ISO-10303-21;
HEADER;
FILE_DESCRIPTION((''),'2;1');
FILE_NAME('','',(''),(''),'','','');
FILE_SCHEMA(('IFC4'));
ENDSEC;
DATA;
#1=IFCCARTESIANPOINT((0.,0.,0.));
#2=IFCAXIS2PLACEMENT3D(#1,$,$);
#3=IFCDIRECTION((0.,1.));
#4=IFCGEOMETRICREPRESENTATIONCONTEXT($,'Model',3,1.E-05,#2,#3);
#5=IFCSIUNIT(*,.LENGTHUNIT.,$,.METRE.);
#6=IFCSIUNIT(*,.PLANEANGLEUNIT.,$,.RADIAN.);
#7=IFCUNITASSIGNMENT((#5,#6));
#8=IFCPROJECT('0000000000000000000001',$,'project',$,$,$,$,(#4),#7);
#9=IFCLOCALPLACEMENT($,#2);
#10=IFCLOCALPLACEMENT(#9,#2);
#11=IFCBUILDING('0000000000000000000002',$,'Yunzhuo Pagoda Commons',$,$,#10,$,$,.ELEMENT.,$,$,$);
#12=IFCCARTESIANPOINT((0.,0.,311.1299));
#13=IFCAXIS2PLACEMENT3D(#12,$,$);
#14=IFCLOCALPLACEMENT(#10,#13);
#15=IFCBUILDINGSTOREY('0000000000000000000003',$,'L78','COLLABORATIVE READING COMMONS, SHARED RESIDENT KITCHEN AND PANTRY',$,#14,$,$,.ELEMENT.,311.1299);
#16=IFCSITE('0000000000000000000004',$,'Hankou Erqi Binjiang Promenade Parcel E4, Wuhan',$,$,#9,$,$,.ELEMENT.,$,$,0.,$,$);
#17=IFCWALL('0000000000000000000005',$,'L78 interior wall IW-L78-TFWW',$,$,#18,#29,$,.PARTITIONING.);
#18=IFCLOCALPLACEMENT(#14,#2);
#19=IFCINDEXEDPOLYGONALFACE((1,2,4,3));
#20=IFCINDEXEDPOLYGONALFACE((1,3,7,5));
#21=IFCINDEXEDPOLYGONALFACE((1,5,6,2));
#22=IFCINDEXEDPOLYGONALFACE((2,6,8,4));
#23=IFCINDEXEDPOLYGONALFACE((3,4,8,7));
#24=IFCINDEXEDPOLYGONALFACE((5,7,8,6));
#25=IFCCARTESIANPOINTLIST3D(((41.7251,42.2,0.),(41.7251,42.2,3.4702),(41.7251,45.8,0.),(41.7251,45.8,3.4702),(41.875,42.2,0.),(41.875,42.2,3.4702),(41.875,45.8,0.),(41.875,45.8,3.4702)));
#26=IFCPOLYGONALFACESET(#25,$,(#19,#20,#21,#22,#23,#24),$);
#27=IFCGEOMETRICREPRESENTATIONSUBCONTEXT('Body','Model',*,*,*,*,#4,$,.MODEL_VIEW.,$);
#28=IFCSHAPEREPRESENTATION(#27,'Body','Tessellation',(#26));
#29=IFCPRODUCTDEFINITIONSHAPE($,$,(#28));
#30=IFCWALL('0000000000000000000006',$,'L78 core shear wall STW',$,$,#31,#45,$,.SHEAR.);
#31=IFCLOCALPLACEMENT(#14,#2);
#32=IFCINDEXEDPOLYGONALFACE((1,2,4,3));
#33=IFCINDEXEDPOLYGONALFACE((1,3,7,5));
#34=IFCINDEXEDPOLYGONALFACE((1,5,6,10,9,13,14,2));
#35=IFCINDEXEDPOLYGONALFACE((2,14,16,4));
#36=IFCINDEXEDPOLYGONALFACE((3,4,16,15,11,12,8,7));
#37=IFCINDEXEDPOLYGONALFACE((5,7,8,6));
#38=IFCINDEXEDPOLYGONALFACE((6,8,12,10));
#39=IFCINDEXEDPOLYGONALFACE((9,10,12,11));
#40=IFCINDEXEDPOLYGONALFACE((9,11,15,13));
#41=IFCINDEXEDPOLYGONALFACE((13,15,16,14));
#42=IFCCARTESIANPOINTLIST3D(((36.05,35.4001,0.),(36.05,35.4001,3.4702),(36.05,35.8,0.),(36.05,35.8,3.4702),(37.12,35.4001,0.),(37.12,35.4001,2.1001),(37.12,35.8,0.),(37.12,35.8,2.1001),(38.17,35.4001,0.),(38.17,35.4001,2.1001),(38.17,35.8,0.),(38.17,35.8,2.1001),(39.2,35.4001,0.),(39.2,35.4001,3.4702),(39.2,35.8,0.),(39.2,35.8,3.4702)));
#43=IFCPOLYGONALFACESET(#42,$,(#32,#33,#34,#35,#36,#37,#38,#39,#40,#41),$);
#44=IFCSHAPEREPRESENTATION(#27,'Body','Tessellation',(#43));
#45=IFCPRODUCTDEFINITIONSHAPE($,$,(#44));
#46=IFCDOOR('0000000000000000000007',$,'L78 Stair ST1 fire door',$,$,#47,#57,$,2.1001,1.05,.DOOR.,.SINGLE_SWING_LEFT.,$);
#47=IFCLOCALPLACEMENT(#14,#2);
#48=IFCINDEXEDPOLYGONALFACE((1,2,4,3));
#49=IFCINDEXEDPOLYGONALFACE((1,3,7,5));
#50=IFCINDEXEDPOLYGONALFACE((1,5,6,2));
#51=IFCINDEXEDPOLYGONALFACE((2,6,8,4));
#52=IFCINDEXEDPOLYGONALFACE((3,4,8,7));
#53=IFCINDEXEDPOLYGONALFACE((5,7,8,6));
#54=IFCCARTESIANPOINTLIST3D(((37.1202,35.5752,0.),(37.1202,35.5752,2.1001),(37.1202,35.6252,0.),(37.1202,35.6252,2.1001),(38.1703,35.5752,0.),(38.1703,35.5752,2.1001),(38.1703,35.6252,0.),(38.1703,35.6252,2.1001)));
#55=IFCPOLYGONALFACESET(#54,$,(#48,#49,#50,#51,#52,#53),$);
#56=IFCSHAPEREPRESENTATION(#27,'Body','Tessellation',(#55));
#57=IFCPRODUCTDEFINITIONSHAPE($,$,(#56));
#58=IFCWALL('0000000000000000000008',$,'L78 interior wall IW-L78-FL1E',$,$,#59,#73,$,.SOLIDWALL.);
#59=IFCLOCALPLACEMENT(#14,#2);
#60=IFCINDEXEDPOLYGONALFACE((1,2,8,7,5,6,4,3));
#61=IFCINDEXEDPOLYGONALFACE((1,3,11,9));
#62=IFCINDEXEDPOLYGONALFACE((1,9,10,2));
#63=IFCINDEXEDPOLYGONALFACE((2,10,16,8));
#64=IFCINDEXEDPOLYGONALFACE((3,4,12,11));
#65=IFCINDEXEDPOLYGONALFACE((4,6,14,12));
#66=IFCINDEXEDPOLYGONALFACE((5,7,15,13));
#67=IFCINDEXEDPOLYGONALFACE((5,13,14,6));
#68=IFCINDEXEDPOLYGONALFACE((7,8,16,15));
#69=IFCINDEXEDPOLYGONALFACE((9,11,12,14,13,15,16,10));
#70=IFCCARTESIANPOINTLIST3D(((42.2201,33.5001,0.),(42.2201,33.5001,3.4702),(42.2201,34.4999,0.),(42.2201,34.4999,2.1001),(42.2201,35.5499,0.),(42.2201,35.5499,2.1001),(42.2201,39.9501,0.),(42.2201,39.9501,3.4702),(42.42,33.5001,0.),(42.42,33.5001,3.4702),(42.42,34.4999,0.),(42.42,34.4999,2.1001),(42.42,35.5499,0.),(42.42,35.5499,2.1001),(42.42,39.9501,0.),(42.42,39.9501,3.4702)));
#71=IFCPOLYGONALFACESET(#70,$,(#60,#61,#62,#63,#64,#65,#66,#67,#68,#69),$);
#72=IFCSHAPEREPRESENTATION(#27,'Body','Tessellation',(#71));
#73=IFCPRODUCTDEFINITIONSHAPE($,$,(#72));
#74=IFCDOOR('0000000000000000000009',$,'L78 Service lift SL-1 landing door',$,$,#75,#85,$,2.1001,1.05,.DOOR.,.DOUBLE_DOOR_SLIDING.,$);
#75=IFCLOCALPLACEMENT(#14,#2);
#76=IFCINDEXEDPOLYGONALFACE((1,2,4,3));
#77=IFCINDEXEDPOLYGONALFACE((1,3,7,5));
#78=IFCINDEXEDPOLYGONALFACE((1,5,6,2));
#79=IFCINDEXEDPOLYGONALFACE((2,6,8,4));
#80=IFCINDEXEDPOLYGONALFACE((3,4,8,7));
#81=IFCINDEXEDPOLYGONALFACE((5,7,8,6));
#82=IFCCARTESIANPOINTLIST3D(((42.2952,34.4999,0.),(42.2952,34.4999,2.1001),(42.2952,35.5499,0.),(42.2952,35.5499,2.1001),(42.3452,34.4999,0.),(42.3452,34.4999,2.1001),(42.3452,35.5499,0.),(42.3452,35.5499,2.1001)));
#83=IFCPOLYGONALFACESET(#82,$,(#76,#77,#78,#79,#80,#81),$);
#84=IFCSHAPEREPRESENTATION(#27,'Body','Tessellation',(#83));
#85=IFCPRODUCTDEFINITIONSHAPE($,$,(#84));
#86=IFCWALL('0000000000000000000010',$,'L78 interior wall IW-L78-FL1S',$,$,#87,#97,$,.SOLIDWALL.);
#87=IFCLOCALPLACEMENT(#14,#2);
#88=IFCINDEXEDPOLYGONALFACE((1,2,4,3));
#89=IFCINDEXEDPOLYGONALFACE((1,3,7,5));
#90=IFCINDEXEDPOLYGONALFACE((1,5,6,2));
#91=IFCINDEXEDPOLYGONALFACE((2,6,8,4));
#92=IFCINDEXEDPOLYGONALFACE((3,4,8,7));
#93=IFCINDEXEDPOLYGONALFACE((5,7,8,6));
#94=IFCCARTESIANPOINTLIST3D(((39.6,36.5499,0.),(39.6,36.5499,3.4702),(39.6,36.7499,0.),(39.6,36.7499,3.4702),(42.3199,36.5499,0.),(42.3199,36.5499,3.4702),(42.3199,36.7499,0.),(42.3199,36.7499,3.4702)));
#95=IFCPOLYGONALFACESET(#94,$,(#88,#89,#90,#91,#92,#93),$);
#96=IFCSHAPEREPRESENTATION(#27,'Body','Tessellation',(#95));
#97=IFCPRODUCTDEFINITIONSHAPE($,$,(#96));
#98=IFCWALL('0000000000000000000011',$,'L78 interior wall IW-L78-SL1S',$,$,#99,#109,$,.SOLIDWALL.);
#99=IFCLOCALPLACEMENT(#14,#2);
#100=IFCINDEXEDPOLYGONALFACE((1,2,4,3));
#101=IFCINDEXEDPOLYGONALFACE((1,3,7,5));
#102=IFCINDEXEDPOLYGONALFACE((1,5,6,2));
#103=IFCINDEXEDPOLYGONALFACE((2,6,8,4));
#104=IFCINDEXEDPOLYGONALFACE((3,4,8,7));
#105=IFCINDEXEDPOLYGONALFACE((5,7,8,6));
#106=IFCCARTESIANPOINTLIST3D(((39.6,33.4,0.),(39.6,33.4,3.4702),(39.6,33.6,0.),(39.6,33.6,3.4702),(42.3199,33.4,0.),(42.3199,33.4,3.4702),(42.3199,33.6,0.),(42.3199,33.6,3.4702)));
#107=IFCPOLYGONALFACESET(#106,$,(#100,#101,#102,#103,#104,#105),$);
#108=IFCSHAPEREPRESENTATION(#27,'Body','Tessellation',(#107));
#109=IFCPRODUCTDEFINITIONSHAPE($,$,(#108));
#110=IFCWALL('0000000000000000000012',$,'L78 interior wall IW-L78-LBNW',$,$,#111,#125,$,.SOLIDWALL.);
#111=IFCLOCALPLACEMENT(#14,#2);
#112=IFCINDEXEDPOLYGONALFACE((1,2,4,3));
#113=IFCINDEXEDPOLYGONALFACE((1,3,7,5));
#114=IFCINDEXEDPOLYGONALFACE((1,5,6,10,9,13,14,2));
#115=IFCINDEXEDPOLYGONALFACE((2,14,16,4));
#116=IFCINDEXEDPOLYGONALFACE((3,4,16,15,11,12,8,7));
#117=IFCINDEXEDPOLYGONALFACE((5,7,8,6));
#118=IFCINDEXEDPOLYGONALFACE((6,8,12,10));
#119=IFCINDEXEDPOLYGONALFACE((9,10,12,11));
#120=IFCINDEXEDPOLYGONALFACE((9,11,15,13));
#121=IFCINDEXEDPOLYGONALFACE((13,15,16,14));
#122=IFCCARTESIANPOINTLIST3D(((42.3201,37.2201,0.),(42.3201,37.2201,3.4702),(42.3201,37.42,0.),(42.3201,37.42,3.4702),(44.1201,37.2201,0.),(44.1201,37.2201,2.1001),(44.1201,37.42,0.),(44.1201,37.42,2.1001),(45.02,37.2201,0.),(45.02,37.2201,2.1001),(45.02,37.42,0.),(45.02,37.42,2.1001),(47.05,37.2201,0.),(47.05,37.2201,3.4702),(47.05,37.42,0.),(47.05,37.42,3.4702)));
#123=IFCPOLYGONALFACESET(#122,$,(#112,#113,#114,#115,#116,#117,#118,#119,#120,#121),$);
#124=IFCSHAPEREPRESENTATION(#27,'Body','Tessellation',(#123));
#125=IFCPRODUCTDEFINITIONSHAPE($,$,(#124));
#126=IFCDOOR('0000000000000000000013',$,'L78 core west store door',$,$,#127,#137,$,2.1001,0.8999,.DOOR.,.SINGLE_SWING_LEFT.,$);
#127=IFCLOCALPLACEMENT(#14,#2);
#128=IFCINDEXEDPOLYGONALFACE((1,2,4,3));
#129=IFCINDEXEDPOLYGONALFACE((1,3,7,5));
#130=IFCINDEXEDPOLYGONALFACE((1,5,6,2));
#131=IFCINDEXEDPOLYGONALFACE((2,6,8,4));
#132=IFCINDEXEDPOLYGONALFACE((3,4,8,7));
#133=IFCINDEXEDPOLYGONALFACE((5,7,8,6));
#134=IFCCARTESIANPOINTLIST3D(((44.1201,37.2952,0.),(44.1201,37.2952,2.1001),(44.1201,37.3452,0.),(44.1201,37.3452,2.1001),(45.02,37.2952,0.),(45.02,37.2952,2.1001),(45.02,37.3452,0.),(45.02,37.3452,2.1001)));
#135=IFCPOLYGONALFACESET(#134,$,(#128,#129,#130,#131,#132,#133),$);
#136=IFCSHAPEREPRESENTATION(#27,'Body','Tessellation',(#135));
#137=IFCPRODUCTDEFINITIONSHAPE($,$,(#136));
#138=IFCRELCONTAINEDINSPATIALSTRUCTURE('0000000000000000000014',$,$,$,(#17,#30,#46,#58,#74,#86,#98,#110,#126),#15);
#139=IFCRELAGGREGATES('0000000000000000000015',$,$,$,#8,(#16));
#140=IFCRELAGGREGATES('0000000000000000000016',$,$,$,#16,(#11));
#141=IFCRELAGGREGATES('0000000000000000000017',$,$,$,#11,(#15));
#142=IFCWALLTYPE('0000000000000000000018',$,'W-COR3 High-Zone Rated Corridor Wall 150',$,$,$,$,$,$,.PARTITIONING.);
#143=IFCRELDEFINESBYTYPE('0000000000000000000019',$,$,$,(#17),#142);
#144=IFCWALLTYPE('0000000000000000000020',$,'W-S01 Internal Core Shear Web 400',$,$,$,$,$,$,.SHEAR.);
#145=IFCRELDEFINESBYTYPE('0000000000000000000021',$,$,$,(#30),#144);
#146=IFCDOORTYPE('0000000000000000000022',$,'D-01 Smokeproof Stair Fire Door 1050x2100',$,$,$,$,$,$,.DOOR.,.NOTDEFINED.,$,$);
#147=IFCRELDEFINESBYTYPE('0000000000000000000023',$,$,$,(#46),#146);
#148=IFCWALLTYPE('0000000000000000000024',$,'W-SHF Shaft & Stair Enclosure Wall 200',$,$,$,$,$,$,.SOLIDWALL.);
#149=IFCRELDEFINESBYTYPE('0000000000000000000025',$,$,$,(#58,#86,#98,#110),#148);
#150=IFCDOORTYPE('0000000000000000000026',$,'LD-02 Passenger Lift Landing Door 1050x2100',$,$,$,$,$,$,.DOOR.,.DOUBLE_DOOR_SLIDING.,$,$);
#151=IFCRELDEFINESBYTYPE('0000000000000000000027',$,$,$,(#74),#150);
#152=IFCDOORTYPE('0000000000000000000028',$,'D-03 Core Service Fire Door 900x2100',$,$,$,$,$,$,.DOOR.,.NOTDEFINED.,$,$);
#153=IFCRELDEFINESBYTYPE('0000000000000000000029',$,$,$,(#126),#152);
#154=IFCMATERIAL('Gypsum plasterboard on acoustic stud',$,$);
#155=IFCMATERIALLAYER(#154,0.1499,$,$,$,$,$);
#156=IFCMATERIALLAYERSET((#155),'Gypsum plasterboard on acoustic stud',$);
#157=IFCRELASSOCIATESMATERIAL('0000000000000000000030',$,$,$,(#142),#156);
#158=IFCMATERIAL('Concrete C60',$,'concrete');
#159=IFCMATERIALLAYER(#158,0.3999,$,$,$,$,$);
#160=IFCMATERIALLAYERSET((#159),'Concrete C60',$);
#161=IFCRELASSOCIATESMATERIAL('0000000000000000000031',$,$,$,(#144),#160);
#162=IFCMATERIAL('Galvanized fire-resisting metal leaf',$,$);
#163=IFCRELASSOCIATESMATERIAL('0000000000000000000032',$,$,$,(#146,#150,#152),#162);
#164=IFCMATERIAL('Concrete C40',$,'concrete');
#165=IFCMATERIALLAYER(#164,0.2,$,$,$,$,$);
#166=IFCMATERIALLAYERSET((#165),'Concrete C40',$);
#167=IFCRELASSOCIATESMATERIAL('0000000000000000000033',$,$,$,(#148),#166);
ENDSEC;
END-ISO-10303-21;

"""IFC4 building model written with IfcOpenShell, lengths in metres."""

from ifc_helpers import new_model, si_unit, direction, frame, frame_2d, origin, origin_with_axes, place, context, subcontext, project, spatial, rectangle, extrude, source, transform, mapped, material, layer, layer_set, type_object, element, fill, save


model = new_model("IFC4")

# Units and contexts
model_context = context("Model", 3, precision=1e-05, world=origin(), true_north=direction((0.0, 1.0)))
body_context = subcontext(model_context, "Body", "Model", "MODEL_VIEW")
ifc_project = project(units=[si_unit("LENGTHUNIT", "METRE"), si_unit("PLANEANGLEUNIT", "RADIAN")], contexts=[model_context])

# Site, building, storey
site_placement = place(None, origin())
site = spatial("IfcSite", under=ifc_project, at=site_placement, Name="Hankou Erqi Binjiang Promenade Parcel E4, Wuhan", CompositionType="ELEMENT", RefElevation=0.0)
building_placement = place(site_placement, origin())
building = spatial("IfcBuilding", under=site, at=building_placement, Name="Yunzhuo Pagoda Commons", CompositionType="ELEMENT")
storey_placement = place(building_placement, frame((0.0, 0.0, 311.1299)))
storey = spatial("IfcBuildingStorey", under=building, at=storey_placement, Name="L78", Description="COLLABORATIVE READING COMMONS, SHARED RESIDENT KITCHEN AND PANTRY", CompositionType="ELEMENT", Elevation=311.1299)

# Shared definitions
ifc_material_1 = material(Name="Galvanized fire-resisting metal leaf")
shared_shape_1 = source(origin(), body_context, "Body", "SweptSolid", [
    extrude(rectangle(XDim=1.05, YDim=2.1001, at=frame_2d((0.5249, 1.05))), frame((0.0, 0.0249, 0.0), z_axis=(0.0, -1.0, 0.0), x_axis=(1.0, 0.0, 0.0)), (0.0, 0.0, 1.0), 0.05),
])
ifc_material_2 = material(Name="Gypsum plasterboard on acoustic stud")
ifc_layer_1 = layer(ifc_material_2, 0.1499)
ifc_layer_set_1 = layer_set([ifc_layer_1], Name="Gypsum plasterboard on acoustic stud")
wall_type_1 = type_object("IfcWallType", Name="W-COR3 High-Zone Rated Corridor Wall 150", PredefinedType="PARTITIONING", material=ifc_layer_set_1)

# Wall
wall_1_placement = place(storey_placement, frame((41.8, 42.2, 0.0), z_axis=(0.0, 0.0, 1.0), x_axis=(0.0, 1.0, 0.0)))
element("IfcWall", 1, at=wall_1_placement, inside=storey, type_object=wall_type_1, Name="L78 interior wall IW-L78-TFWW", PredefinedType="PARTITIONING", context=body_context, shape_type="SweptSolid", body=[
    extrude(rectangle(XDim=3.6001, YDim=0.1499, at=frame_2d((1.8, 0.0))), origin(), (0.0, 0.0, 1.0), 3.4702),
])

# Walls, openings, doors
ifc_material_3 = material(Name="Concrete C60", Category="concrete")
ifc_layer_2 = layer(ifc_material_3, 0.3999)
ifc_layer_set_2 = layer_set([ifc_layer_2], Name="Concrete C60")
wall_type_2 = type_object("IfcWallType", Name="W-S01 Internal Core Shear Web 400", PredefinedType="SHEAR", material=ifc_layer_set_2)
wall_2_placement = place(storey_placement, frame((36.05, 35.6001, 0.0), z_axis=(0.0, 0.0, 1.0), x_axis=(1.0, 0.0, 0.0)))
wall_2 = element("IfcWall", 2, at=wall_2_placement, inside=storey, type_object=wall_type_2, Name="L78 core shear wall STW", PredefinedType="SHEAR", context=body_context, shape_type="SweptSolid", body=[
    extrude(rectangle(XDim=3.1499, YDim=0.3999, at=frame_2d((1.575, 0.0))), origin(), (0.0, 0.0, 1.0), 3.4702),
])
opening_1_placement = place(wall_2_placement, frame((1.0701, 0.0, 0.0)))
opening_1 = element("IfcOpeningElement", 3, at=opening_1_placement, cuts=wall_2, PredefinedType="OPENING", context=body_context, shape_type="SweptSolid", body=[
    extrude(rectangle(XDim=1.05, YDim=2.1001, at=frame_2d((0.5249, 1.05))), frame((0.0, 0.21, 0.0), z_axis=(0.0, -1.0, 0.0), x_axis=(1.0, 0.0, 0.0)), (0.0, 0.0, 1.0), 0.4199),
])
door_type_1 = type_object("IfcDoorType", Name="D-01 Smokeproof Stair Fire Door 1050x2100", OperationType="NOTDEFINED", PredefinedType="DOOR", material=ifc_material_1)
door_1_placement = place(opening_1_placement, frame((1.05, 0.0, 0.0), z_axis=(0.0, 0.0, 1.0), x_axis=(-1.0, 0.0, 0.0)))
door_1 = element("IfcDoor", 4, at=door_1_placement, inside=storey, type_object=door_type_1, Name="L78 Stair ST1 fire door", OperationType="SINGLE_SWING_LEFT", OverallHeight=2.1001, OverallWidth=1.05, PredefinedType="DOOR", context=body_context, shape_type="MappedRepresentation", body=[
    mapped(shared_shape_1, transform((0.0, 0.0, 0.0), scale=1.0)),
])
fill(opening_1, door_1)
ifc_material_4 = material(Name="Concrete C40", Category="concrete")
ifc_layer_3 = layer(ifc_material_4, 0.2)
ifc_layer_set_3 = layer_set([ifc_layer_3], Name="Concrete C40")
wall_type_3 = type_object("IfcWallType", Name="W-SHF Shaft & Stair Enclosure Wall 200", PredefinedType="SOLIDWALL", material=ifc_layer_set_3)
wall_3_placement = place(storey_placement, frame((42.3201, 33.5, 0.0), z_axis=(0.0, 0.0, 1.0), x_axis=(0.0, 1.0, 0.0)))
wall_3 = element("IfcWall", 5, at=wall_3_placement, inside=storey, type_object=wall_type_3, Name="L78 interior wall IW-L78-FL1E", PredefinedType="SOLIDWALL", context=body_context, shape_type="SweptSolid", body=[
    extrude(rectangle(XDim=6.45, YDim=0.2, at=frame_2d((3.2251, 0.0))), origin(), (0.0, 0.0, 1.0), 3.4702),
])
opening_2_placement = place(wall_3_placement, frame((1.0, 0.0, 0.0)))
opening_2 = element("IfcOpeningElement", 6, at=opening_2_placement, cuts=wall_3, PredefinedType="OPENING", context=body_context, shape_type="SweptSolid", body=[
    extrude(rectangle(XDim=1.05, YDim=2.1001, at=frame_2d((0.5249, 1.05))), frame((0.0, 0.1099, 0.0), z_axis=(0.0, -1.0, 0.0), x_axis=(1.0, 0.0, 0.0)), (0.0, 0.0, 1.0), 0.22),
])
door_type_2 = type_object("IfcDoorType", Name="LD-02 Passenger Lift Landing Door 1050x2100", OperationType="DOUBLE_DOOR_SLIDING", PredefinedType="DOOR", material=ifc_material_1)
door_2_placement = place(opening_2_placement, origin_with_axes())
door_2 = element("IfcDoor", 7, at=door_2_placement, inside=storey, type_object=door_type_2, Name="L78 Service lift SL-1 landing door", OperationType="DOUBLE_DOOR_SLIDING", OverallHeight=2.1001, OverallWidth=1.05, PredefinedType="DOOR", context=body_context, shape_type="MappedRepresentation", body=[
    mapped(shared_shape_1, transform((0.0, 0.0, 0.0), scale=1.0)),
])
fill(opening_2, door_2)

# Walls
for number, where, z_axis, x_axis, name in (
    (8, (39.6001, 36.6499, 0.0), (0.0, 0.0, 1.0), (1.0, 0.0, 0.0), "L78 interior wall IW-L78-FL1S"),
    (9, (39.6001, 33.5, 0.0), (0.0, 0.0, 1.0), (1.0, 0.0, 0.0), "L78 interior wall IW-L78-SL1S"),
):
    element("IfcWall", number, at=place(storey_placement, frame(where, z_axis=z_axis, x_axis=x_axis)), inside=storey, type_object=wall_type_3, Name=name, PredefinedType="SOLIDWALL", context=body_context, shape_type="SweptSolid", body=[
        extrude(rectangle(XDim=2.72, YDim=0.2, at=frame_2d((1.3599, 0.0))), origin(), (0.0, 0.0, 1.0), 3.4702),
    ])

# Wall, opening, door
wall_4_placement = place(storey_placement, frame((42.3201, 37.3201, 0.0), z_axis=(0.0, 0.0, 1.0), x_axis=(1.0, 0.0, 0.0)))
wall_4 = element("IfcWall", 10, at=wall_4_placement, inside=storey, type_object=wall_type_3, Name="L78 interior wall IW-L78-LBNW", PredefinedType="SOLIDWALL", context=body_context, shape_type="SweptSolid", body=[
    extrude(rectangle(XDim=4.73, YDim=0.2, at=frame_2d((2.365, 0.0))), origin(), (0.0, 0.0, 1.0), 3.4702),
])
opening_3_placement = place(wall_4_placement, frame((1.8, 0.0, 0.0)))
opening_3 = element("IfcOpeningElement", 11, at=opening_3_placement, cuts=wall_4, PredefinedType="OPENING", context=body_context, shape_type="SweptSolid", body=[
    extrude(rectangle(XDim=0.8999, YDim=2.1001, at=frame_2d((0.45, 1.05))), frame((0.0, 0.1099, 0.0), z_axis=(0.0, -1.0, 0.0), x_axis=(1.0, 0.0, 0.0)), (0.0, 0.0, 1.0), 0.22),
])
door_type_3 = type_object("IfcDoorType", Name="D-03 Core Service Fire Door 900x2100", OperationType="NOTDEFINED", PredefinedType="DOOR", material=ifc_material_1)
shared_shape_2 = source(origin(), body_context, "Body", "SweptSolid", [
    extrude(rectangle(XDim=0.8999, YDim=2.1001, at=frame_2d((0.45, 1.05))), frame((0.0, 0.0249, 0.0), z_axis=(0.0, -1.0, 0.0), x_axis=(1.0, 0.0, 0.0)), (0.0, 0.0, 1.0), 0.05),
])
door_3_placement = place(opening_3_placement, frame((0.8999, 0.0, 0.0), z_axis=(0.0, 0.0, 1.0), x_axis=(-1.0, 0.0, 0.0)))
door_3 = element("IfcDoor", 12, at=door_3_placement, inside=storey, type_object=door_type_3, Name="L78 core west store door", OperationType="SINGLE_SWING_LEFT", OverallHeight=2.1001, OverallWidth=0.8999, PredefinedType="DOOR", context=body_context, shape_type="MappedRepresentation", body=[
    mapped(shared_shape_2, transform((0.0, 0.0, 0.0), scale=1.0)),
])
fill(opening_3, door_3)

save(model, "model.ifc")
